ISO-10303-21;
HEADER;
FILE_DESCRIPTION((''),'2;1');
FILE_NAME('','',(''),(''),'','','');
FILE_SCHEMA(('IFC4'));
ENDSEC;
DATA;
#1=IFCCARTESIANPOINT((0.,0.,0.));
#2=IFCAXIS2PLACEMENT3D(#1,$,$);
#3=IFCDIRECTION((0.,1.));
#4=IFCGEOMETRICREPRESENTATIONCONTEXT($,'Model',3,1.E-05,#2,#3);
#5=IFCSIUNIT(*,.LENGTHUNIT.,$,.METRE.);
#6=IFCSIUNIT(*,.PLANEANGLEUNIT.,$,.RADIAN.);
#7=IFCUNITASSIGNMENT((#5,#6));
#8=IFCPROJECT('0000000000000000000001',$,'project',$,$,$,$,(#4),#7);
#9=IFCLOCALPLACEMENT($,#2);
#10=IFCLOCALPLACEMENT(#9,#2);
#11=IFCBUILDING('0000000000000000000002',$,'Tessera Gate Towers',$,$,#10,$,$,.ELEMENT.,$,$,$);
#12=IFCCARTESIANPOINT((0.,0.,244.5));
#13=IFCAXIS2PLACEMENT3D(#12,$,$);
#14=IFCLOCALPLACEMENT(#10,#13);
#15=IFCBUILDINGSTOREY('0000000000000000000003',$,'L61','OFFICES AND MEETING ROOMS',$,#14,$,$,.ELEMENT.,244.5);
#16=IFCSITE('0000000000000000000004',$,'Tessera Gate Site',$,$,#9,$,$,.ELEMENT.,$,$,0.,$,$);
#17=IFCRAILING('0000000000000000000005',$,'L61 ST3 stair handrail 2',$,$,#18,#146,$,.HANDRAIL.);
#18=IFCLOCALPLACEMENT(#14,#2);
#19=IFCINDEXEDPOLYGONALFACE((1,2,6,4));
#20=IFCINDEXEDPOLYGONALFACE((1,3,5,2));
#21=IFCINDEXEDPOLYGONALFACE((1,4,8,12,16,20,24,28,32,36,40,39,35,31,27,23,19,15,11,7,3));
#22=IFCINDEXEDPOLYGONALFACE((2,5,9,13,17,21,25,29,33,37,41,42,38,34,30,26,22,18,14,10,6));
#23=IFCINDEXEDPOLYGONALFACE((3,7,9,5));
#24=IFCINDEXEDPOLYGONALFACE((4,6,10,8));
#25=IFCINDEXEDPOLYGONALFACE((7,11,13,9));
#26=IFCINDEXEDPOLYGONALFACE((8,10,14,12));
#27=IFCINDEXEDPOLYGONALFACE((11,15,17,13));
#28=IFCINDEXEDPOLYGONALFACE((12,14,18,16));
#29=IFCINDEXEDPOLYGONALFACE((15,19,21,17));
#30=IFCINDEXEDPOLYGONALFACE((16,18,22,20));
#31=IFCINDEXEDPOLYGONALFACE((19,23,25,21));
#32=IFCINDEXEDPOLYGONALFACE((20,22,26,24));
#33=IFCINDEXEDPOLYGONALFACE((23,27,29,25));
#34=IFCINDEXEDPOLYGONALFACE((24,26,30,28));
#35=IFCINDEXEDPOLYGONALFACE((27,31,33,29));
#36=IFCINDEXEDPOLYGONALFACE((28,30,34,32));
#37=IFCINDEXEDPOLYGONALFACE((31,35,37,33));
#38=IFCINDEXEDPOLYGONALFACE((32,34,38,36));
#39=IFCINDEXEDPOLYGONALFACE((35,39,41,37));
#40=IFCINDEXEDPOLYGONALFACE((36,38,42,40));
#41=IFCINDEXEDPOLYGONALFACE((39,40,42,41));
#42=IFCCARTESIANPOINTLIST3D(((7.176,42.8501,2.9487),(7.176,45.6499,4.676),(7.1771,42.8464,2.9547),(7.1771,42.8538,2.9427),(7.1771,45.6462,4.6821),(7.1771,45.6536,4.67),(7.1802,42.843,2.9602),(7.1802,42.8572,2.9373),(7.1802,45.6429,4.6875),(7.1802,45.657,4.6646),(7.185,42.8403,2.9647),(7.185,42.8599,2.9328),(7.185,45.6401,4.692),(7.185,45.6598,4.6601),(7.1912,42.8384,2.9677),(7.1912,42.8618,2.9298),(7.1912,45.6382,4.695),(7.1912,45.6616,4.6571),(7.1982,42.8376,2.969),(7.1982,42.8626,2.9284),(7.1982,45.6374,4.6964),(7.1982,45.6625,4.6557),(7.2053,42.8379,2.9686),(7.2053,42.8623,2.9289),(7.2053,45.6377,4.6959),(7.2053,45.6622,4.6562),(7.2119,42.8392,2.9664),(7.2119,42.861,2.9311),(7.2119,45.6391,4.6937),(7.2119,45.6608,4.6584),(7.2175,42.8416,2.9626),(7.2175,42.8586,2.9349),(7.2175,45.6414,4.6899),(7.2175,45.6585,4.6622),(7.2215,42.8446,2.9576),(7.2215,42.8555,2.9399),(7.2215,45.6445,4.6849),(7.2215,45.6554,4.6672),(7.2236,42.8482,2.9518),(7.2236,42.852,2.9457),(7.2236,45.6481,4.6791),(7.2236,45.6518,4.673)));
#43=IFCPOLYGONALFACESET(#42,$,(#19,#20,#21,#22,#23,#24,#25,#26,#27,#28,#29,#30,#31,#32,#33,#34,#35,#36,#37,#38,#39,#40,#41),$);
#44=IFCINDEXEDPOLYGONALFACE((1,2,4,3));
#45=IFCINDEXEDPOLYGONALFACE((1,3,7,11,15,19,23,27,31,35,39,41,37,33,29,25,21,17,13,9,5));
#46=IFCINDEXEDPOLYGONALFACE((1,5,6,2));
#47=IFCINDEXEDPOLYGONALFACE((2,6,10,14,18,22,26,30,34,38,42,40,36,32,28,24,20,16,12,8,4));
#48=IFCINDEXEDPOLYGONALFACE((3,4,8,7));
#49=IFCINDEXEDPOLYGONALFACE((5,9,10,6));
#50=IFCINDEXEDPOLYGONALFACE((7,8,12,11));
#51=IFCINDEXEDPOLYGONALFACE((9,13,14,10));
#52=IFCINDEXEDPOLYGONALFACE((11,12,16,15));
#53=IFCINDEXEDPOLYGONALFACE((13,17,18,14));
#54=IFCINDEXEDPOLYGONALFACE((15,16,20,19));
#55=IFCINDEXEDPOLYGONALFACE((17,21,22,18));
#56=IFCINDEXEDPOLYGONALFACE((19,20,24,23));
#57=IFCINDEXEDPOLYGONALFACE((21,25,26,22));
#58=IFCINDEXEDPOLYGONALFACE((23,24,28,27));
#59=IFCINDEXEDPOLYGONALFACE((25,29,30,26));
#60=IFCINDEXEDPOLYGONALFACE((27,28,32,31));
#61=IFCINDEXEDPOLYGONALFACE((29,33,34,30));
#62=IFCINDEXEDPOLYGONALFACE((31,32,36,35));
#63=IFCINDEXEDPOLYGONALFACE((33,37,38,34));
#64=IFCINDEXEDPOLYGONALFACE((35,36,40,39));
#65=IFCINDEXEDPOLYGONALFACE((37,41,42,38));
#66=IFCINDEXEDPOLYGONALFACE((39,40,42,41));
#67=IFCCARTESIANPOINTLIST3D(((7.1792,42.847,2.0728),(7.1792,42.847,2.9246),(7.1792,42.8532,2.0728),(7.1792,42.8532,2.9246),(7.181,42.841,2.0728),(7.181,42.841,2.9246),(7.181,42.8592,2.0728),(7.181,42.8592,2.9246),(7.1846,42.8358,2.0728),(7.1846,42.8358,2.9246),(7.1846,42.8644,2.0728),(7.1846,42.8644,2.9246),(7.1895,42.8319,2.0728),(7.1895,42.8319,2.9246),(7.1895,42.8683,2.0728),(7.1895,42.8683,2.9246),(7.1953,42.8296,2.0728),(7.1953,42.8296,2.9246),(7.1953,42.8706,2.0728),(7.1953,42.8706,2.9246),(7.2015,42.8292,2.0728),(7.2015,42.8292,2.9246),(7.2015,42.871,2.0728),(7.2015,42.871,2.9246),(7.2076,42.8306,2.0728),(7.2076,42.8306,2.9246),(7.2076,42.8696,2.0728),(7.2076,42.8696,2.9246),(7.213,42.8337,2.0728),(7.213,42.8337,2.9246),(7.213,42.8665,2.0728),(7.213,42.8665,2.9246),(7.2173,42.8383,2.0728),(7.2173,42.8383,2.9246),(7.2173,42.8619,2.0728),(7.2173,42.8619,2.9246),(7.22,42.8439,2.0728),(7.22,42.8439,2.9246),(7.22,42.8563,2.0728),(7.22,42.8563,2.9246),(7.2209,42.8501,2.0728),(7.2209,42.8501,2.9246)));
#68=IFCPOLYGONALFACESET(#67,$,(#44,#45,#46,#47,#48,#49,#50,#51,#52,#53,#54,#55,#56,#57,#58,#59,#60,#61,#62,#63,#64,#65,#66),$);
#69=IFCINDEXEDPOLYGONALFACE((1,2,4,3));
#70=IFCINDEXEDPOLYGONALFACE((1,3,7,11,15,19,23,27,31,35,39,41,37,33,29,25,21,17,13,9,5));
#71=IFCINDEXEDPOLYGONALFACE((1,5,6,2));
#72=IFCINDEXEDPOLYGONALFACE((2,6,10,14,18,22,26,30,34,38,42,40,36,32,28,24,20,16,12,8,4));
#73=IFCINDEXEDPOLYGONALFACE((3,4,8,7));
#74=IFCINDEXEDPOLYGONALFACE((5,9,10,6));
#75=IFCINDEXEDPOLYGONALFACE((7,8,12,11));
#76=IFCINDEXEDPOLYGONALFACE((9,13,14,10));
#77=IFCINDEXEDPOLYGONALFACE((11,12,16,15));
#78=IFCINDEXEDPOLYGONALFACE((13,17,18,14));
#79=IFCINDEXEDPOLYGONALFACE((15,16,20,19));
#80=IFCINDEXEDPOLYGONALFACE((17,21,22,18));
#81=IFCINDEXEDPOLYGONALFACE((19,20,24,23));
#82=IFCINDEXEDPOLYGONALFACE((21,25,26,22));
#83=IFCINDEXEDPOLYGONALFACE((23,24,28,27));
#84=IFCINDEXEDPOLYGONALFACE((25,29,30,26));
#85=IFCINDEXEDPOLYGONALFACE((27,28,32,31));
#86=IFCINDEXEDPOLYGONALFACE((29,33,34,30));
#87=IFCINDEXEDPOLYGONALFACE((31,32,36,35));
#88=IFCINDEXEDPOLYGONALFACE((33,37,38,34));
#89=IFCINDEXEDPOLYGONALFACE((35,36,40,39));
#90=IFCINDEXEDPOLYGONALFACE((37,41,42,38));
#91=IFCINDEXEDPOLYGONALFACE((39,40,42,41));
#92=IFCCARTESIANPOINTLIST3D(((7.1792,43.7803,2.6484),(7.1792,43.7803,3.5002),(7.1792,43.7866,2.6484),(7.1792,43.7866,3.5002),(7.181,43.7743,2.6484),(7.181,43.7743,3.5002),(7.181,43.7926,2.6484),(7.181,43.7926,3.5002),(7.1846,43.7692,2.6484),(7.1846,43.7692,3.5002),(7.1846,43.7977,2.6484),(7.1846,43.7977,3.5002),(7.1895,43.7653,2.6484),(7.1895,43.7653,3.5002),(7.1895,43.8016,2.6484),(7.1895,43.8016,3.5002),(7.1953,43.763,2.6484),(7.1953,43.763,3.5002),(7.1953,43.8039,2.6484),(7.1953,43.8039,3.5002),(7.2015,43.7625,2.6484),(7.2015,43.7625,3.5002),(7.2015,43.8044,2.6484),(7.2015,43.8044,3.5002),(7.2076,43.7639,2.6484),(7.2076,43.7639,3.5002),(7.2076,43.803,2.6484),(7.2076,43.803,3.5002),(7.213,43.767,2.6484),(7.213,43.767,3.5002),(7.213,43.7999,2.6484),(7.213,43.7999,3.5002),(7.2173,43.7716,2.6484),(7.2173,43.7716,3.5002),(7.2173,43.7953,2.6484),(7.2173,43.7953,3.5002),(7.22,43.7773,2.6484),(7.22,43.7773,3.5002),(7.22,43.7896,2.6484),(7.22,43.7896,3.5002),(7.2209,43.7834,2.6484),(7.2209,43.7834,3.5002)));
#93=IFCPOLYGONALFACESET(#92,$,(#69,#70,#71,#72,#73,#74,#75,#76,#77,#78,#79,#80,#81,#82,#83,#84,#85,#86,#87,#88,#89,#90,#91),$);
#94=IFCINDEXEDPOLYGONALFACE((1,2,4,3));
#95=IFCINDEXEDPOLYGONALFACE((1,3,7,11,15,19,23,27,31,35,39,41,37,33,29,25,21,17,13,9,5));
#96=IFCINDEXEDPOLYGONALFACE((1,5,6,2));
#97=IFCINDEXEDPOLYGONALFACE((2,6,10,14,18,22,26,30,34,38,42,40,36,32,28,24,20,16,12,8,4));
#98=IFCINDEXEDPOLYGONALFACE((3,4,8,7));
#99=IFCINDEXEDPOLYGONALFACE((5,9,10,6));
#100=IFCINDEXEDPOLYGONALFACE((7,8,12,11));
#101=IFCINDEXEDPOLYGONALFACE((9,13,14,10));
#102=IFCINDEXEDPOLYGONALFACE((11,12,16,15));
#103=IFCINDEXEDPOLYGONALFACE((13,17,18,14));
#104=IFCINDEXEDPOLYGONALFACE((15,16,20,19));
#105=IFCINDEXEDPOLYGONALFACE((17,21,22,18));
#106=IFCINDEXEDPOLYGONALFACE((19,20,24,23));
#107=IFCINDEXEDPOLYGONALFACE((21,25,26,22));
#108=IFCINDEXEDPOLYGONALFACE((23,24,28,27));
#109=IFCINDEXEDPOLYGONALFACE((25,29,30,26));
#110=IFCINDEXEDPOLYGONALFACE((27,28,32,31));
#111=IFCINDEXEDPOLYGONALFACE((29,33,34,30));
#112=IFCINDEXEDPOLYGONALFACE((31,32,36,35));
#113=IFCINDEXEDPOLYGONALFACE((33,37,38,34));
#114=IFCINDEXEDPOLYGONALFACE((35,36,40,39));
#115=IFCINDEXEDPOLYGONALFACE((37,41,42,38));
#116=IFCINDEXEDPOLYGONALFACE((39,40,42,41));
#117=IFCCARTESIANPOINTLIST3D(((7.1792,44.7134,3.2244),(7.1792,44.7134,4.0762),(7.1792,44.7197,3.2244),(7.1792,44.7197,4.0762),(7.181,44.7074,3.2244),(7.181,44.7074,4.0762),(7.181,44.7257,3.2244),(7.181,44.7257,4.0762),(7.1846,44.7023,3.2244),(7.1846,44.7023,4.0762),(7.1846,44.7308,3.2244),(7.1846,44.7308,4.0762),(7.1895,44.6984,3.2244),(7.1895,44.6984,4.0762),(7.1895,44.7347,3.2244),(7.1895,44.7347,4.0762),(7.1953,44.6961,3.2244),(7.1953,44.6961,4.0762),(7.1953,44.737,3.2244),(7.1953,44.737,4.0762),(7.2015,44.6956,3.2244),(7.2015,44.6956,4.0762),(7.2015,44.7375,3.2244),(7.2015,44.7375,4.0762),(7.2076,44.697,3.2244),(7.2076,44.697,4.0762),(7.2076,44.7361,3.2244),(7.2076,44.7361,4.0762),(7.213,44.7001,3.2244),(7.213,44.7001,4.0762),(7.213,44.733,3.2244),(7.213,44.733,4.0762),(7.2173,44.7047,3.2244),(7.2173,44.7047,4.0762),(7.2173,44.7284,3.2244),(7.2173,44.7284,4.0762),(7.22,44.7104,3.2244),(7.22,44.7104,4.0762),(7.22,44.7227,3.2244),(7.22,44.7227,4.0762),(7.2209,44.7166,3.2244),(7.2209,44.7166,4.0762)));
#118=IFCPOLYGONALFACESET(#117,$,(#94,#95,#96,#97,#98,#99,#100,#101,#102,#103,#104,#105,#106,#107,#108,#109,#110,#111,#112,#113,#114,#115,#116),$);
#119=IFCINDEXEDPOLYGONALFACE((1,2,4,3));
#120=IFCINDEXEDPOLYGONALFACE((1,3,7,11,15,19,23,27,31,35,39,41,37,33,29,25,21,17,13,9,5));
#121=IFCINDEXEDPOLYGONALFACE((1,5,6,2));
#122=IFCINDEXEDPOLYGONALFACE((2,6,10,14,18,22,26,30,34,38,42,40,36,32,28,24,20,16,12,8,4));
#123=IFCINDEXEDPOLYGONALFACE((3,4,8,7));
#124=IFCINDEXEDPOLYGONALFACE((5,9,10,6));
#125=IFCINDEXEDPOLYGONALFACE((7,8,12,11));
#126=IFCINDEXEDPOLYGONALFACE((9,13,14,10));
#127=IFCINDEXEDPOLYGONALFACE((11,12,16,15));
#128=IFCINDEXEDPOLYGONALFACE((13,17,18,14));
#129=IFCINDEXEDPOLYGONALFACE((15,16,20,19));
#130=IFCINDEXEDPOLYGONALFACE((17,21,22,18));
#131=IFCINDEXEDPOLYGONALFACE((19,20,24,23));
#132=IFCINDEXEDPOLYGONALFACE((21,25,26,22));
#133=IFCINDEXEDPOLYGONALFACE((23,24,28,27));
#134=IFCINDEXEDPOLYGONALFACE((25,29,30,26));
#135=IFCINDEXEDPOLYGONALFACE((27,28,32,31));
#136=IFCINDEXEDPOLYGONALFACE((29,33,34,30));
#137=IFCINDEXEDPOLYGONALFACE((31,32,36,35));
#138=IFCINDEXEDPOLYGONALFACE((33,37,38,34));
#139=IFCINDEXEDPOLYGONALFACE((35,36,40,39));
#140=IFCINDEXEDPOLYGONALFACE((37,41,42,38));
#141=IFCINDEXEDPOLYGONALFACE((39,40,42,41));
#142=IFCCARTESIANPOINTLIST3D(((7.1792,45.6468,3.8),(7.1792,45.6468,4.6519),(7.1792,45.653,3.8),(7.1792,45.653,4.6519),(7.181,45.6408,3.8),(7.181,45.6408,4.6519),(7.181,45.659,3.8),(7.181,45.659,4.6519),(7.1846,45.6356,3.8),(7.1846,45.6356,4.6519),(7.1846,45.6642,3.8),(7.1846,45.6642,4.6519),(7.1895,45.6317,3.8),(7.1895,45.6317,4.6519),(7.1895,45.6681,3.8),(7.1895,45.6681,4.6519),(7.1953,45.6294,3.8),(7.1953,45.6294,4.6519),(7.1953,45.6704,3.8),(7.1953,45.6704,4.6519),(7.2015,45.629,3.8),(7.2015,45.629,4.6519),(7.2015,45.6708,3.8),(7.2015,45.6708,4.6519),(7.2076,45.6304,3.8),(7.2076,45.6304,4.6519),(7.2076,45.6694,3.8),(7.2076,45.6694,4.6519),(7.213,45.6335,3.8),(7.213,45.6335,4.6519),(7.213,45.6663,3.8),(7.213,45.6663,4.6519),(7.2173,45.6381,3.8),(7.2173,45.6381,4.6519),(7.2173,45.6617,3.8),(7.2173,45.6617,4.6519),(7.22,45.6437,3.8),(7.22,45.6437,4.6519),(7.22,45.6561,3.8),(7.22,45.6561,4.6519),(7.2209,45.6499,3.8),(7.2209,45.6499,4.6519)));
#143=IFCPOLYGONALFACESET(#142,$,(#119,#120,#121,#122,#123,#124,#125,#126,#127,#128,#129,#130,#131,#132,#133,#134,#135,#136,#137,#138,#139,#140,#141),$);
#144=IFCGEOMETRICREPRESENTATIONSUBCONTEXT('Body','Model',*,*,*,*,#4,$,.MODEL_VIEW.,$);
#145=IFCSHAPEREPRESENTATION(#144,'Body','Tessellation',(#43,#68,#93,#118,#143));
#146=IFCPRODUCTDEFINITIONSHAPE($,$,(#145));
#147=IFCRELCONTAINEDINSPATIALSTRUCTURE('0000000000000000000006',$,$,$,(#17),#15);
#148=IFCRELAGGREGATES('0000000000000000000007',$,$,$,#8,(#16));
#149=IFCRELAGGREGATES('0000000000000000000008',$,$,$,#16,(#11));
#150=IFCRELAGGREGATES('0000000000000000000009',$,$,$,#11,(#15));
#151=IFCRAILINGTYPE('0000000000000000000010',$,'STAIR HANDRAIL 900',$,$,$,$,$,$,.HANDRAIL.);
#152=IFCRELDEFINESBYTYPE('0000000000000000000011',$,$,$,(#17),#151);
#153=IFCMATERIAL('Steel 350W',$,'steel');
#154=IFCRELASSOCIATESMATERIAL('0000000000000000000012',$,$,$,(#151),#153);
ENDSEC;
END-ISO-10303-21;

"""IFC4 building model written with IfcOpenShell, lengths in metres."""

from ifc_helpers import new_model, si_unit, direction, frame, origin, origin_2d, place, context, subcontext, project, spatial, circle, extrude, material, type_object, element, save


model = new_model("IFC4")

# Units and contexts
model_context = context("Model", 3, precision=1e-05, world=origin(), true_north=direction((0.0, 1.0)))
body_context = subcontext(model_context, "Body", "Model", "MODEL_VIEW")
ifc_project = project(units=[si_unit("LENGTHUNIT", "METRE"), si_unit("PLANEANGLEUNIT", "RADIAN")], contexts=[model_context])

# Site, building, storey
site_placement = place(None, origin())
site = spatial("IfcSite", under=ifc_project, at=site_placement, Name="Tessera Gate Site", CompositionType="ELEMENT", RefElevation=0.0)
building_placement = place(site_placement, origin())
building = spatial("IfcBuilding", under=site, at=building_placement, Name="Tessera Gate Towers", CompositionType="ELEMENT")
storey_placement = place(building_placement, frame((0.0, 0.0, 244.5)))
storey = spatial("IfcBuildingStorey", under=building, at=storey_placement, Name="L61", Description="OFFICES AND MEETING ROOMS", CompositionType="ELEMENT", Elevation=244.5)

# Railing
ifc_material_1 = material(Name="Steel 350W", Category="steel")
railing_type_1 = type_object("IfcRailingType", Name="STAIR HANDRAIL 900", PredefinedType="HANDRAIL", material=ifc_material_1)
railing_1_placement = place(storey_placement, frame((7.2, 42.8501, 2.0728)))
element("IfcRailing", 1, at=railing_1_placement, inside=storey, type_object=railing_type_1, Name="L61 ST3 stair handrail 2", PredefinedType="HANDRAIL", context=body_context, shape_type="SweptSolid", body=[
    extrude(circle(Radius=0.0239, at=origin_2d()), frame((0.0, 0.0, 0.876), z_axis=(0.0, 0.851069, 0.525054), x_axis=(-1.0, 0.0, 0.0)), (0.0, 0.0, 1.0), 3.2898),
    extrude(circle(Radius=0.021, at=origin_2d()), origin(), (0.0, 0.0, 1.0), 0.8518),
    extrude(circle(Radius=0.021, at=origin_2d()), frame((0.0, 0.9333, 0.5757)), (0.0, 0.0, 1.0), 0.8518),
    extrude(circle(Radius=0.021, at=origin_2d()), frame((0.0, 1.8665, 1.1516)), (0.0, 0.0, 1.0), 0.8518),
    extrude(circle(Radius=0.021, at=origin_2d()), frame((0.0, 2.7998, 1.7273)), (0.0, 0.0, 1.0), 0.8518),
])

save(model, "model.ifc")
